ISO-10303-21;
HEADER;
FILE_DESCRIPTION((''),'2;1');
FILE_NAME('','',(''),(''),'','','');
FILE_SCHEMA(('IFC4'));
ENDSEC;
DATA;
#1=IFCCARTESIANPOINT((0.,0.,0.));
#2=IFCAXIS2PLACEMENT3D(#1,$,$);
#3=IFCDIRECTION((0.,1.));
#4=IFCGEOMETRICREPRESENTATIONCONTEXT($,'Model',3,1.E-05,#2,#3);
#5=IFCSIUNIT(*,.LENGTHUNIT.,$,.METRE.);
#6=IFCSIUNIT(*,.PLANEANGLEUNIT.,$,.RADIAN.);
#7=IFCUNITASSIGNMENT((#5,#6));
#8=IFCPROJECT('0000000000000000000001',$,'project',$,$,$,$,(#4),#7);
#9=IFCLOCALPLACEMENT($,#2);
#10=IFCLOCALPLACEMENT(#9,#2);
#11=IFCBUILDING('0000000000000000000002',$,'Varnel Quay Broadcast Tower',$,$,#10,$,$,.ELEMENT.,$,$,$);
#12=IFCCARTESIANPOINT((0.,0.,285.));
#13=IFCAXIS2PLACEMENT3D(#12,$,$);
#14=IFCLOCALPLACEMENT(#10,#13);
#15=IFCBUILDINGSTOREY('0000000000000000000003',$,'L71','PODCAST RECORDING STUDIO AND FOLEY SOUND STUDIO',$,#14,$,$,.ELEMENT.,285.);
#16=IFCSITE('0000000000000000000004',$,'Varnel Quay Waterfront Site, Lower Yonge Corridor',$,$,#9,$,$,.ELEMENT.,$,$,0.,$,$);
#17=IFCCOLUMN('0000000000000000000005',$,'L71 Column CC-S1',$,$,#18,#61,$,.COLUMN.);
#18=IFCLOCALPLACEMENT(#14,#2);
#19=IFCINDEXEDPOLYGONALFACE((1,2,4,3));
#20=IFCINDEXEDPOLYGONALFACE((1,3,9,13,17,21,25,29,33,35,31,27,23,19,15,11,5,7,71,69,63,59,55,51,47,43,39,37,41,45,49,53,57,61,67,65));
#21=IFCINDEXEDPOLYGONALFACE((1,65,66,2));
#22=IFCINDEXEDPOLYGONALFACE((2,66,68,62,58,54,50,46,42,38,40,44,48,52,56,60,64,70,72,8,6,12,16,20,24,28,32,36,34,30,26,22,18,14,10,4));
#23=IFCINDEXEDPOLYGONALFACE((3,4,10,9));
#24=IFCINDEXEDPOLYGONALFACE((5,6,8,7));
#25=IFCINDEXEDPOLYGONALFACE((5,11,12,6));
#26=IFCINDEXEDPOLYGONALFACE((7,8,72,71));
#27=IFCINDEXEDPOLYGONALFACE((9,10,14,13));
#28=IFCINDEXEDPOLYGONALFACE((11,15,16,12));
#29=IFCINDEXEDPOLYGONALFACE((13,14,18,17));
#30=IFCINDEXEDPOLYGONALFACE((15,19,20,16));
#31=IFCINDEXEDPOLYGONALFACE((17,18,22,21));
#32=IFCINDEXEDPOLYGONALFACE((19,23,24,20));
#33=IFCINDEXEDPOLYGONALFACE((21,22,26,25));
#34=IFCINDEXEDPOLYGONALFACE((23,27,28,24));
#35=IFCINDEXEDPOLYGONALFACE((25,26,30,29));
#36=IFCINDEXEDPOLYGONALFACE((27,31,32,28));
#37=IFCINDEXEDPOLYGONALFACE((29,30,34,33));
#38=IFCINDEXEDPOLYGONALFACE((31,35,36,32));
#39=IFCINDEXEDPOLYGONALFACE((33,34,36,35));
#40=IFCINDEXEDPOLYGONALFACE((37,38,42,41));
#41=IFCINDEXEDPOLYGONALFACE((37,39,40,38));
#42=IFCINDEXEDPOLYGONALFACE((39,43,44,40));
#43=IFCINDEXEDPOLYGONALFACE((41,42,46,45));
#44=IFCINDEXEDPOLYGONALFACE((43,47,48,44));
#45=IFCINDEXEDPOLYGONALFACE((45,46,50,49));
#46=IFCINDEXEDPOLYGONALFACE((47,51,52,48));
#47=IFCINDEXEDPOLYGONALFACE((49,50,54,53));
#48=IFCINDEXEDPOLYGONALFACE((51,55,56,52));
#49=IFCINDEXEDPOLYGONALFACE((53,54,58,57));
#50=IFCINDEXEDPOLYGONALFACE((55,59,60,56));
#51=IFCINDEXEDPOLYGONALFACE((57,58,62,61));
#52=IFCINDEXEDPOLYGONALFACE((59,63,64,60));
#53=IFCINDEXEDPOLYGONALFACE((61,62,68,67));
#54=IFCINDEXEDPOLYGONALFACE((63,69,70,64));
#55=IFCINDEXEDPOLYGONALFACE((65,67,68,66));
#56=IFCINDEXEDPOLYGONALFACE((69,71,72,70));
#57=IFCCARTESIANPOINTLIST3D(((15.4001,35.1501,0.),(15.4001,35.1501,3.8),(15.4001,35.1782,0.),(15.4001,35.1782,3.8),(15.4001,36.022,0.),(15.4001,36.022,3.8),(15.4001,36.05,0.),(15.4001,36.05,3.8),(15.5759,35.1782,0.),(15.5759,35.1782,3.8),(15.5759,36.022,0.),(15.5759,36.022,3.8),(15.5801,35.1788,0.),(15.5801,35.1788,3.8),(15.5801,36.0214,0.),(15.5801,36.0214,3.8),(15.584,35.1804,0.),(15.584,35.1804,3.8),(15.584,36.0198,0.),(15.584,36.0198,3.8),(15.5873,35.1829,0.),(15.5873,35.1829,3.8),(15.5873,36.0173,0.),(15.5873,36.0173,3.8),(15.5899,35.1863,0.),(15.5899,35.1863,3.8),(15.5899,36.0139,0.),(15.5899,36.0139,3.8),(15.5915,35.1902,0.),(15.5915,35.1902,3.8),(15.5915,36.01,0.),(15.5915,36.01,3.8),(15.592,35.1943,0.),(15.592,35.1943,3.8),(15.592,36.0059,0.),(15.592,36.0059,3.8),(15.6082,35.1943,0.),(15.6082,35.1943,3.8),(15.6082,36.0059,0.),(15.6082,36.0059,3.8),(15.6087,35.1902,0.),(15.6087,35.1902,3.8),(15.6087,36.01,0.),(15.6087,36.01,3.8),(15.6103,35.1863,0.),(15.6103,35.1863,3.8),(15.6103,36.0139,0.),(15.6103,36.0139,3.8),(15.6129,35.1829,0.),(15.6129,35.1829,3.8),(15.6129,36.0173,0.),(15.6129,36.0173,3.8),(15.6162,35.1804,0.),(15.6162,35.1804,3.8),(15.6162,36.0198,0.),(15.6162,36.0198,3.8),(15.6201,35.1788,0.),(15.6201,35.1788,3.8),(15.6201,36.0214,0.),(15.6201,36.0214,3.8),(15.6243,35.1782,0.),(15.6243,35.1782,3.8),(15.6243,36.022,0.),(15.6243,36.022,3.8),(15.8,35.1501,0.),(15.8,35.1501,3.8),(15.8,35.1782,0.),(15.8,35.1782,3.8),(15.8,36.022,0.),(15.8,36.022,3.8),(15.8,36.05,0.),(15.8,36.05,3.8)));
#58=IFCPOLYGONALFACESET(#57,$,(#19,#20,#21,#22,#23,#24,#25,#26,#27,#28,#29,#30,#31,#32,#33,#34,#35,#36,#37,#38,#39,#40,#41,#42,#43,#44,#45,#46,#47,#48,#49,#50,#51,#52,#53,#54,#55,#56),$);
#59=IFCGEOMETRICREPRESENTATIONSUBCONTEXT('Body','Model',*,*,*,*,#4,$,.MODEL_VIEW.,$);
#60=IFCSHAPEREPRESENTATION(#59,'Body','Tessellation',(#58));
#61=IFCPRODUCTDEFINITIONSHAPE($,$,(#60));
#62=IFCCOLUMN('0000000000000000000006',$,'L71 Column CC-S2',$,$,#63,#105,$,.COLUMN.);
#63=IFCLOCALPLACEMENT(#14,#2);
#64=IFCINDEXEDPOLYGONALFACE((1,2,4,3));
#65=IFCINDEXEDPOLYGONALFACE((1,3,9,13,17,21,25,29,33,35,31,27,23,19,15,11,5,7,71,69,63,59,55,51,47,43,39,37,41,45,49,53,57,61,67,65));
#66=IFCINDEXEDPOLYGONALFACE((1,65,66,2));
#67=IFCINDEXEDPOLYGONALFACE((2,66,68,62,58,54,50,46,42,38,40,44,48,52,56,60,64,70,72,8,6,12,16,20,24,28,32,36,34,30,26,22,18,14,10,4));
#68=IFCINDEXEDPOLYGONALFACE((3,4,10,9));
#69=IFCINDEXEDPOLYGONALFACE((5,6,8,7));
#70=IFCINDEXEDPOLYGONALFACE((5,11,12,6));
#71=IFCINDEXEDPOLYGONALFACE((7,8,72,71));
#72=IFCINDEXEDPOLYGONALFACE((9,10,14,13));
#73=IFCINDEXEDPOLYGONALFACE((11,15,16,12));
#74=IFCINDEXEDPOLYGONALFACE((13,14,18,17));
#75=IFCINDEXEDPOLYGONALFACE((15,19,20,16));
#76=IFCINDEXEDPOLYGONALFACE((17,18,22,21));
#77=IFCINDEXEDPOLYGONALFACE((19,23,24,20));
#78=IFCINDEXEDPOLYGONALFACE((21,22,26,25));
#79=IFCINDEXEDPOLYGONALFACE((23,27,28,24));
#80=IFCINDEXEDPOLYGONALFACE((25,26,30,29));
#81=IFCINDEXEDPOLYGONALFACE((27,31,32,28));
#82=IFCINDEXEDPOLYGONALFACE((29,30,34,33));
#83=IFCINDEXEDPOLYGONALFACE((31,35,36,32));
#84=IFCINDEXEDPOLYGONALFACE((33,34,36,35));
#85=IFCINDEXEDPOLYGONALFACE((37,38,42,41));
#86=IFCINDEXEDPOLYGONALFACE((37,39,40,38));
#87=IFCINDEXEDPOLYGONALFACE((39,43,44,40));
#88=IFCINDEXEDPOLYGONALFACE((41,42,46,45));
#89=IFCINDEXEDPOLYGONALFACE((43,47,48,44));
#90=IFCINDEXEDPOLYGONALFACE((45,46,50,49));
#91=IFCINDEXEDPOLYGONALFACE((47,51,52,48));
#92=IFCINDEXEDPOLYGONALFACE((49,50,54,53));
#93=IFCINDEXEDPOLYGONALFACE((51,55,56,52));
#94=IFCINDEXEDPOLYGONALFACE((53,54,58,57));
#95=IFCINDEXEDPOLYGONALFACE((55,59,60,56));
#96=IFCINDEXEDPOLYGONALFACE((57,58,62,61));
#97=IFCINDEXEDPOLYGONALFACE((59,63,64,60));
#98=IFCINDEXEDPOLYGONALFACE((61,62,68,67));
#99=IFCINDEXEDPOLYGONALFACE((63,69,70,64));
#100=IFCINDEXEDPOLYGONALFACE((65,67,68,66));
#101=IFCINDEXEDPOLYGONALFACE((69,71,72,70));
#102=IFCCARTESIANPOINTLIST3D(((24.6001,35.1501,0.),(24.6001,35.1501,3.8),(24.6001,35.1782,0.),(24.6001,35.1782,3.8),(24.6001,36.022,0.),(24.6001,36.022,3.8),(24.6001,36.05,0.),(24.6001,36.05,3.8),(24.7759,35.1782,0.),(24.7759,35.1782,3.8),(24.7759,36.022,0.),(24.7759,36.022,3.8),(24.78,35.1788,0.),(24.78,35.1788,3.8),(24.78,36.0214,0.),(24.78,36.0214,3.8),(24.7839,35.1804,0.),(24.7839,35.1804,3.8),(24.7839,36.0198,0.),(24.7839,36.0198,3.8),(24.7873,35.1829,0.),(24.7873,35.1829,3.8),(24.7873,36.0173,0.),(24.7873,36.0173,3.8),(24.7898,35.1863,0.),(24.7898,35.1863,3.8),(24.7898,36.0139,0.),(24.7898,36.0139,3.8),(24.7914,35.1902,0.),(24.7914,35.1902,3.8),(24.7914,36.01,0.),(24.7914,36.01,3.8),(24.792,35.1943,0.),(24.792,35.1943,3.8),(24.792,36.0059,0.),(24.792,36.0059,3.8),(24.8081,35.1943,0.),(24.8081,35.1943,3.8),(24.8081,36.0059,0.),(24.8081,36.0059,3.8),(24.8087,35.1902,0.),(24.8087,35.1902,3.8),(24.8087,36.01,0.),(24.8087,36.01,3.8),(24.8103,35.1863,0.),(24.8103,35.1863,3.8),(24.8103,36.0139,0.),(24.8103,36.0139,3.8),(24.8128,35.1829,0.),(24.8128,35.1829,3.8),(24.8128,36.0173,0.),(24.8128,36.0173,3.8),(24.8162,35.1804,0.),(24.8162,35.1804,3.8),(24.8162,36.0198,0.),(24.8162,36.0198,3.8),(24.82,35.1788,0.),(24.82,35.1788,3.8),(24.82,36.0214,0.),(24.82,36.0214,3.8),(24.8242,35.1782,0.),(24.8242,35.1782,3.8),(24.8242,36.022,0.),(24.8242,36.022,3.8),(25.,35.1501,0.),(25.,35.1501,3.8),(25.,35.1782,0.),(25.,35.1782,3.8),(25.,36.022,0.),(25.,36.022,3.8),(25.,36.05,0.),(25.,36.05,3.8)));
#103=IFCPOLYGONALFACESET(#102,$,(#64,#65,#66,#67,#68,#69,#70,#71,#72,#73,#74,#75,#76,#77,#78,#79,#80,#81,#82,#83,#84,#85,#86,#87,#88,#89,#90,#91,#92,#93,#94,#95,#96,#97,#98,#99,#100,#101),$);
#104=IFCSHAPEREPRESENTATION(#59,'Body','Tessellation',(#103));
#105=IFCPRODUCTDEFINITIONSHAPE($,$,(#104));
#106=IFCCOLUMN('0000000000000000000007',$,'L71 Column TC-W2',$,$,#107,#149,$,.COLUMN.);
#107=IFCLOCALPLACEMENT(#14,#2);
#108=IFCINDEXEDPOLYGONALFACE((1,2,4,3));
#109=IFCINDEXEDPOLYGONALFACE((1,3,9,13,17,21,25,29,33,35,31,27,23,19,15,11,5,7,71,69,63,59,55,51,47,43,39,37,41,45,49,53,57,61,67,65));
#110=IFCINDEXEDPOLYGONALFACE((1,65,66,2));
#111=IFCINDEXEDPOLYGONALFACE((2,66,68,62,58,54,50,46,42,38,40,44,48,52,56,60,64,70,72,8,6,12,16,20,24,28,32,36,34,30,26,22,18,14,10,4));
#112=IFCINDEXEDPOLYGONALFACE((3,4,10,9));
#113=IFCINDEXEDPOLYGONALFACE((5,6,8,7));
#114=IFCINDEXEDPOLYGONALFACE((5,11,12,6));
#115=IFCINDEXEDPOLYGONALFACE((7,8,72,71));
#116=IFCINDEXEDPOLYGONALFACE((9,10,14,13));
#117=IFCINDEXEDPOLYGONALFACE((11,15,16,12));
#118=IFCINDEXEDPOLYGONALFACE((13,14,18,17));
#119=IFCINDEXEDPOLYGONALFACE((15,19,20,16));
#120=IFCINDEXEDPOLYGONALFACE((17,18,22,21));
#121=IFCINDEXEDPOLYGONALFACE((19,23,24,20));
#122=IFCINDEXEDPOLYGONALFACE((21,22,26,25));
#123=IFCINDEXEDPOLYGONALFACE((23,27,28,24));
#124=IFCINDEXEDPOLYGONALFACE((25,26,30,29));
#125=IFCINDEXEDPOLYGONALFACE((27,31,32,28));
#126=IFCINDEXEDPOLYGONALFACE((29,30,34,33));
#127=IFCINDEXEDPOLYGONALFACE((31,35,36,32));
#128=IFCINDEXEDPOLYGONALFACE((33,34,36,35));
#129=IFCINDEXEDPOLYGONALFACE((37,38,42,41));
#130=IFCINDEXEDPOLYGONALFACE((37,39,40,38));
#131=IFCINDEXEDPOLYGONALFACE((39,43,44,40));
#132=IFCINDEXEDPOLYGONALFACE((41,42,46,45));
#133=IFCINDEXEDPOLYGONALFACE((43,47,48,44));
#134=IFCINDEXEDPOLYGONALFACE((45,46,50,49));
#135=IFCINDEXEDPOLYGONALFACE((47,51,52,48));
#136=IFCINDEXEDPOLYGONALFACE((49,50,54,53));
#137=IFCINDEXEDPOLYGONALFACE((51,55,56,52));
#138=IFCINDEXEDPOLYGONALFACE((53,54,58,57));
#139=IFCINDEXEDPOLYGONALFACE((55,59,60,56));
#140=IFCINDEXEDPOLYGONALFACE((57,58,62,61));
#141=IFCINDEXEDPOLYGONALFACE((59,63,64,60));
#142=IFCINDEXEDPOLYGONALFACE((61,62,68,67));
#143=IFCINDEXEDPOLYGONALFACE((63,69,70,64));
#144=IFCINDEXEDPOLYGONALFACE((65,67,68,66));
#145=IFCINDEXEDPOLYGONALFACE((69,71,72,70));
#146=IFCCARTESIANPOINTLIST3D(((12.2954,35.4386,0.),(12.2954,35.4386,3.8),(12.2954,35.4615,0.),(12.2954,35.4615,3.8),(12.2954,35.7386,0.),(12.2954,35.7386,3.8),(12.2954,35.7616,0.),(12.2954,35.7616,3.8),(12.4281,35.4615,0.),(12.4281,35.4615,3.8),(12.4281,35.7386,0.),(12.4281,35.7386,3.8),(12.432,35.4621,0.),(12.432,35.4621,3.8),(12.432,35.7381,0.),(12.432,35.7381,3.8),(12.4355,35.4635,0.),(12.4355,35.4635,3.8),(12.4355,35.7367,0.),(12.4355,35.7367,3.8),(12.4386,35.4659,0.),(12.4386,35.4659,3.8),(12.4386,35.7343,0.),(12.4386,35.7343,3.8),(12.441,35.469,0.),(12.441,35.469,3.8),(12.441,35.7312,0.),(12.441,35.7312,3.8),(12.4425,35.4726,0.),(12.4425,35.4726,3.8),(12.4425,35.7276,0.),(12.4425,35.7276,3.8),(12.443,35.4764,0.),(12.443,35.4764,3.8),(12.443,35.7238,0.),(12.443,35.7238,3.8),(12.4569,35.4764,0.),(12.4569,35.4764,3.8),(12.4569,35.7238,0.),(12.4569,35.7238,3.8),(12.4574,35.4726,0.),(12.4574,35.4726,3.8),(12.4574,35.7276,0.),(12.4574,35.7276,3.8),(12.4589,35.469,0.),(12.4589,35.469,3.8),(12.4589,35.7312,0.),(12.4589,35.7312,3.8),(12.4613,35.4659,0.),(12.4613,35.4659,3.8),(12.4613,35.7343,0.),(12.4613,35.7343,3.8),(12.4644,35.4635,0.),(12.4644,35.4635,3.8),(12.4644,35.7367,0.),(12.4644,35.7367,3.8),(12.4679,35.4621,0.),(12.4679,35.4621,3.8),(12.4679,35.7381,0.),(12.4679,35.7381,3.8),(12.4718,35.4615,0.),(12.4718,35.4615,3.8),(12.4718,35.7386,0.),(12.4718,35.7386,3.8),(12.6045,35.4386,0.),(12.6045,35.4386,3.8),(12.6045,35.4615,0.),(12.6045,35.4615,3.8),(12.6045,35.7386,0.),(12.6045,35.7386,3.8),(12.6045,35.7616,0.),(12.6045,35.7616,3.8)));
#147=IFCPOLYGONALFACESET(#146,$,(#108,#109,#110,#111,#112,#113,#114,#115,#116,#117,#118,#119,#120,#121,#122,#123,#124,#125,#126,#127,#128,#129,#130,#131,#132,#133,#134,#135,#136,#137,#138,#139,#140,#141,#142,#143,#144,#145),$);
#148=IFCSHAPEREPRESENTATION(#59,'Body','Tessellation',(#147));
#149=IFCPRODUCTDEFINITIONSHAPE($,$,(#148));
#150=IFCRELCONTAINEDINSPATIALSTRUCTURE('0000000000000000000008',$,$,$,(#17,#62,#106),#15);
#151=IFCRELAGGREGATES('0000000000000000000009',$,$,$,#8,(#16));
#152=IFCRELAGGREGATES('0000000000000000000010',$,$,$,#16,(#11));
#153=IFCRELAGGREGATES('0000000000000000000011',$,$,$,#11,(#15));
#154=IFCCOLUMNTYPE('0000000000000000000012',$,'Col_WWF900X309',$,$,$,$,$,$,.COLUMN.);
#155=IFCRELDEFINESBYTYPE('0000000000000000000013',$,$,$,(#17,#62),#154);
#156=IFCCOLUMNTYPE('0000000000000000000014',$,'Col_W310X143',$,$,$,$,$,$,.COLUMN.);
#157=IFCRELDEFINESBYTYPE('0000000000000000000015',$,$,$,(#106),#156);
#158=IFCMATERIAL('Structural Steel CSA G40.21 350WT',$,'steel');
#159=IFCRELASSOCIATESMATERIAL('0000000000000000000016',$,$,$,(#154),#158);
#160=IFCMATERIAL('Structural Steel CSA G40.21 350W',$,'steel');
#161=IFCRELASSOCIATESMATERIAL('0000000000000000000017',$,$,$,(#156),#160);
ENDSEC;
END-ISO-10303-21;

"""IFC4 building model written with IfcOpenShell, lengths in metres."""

from ifc_helpers import new_model, si_unit, direction, frame, origin, origin_2d, place, context, subcontext, project, spatial, i_section, extrude, source, transform, mapped, material, material_profile, profile_set, type_object, type_shapes, element, save


model = new_model("IFC4")

# Units and contexts
model_context = context("Model", 3, precision=1e-05, world=origin(), true_north=direction((0.0, 1.0)))
body_context = subcontext(model_context, "Body", "Model", "MODEL_VIEW")
ifc_project = project(units=[si_unit("LENGTHUNIT", "METRE"), si_unit("PLANEANGLEUNIT", "RADIAN")], contexts=[model_context])

# Site, building, storey
site_placement = place(None, origin())
site = spatial("IfcSite", under=ifc_project, at=site_placement, Name="Varnel Quay Waterfront Site, Lower Yonge Corridor", CompositionType="ELEMENT", RefElevation=0.0)
building_placement = place(site_placement, origin())
building = spatial("IfcBuilding", under=site, at=building_placement, Name="Varnel Quay Broadcast Tower", CompositionType="ELEMENT")
storey_placement = place(building_placement, frame((0.0, 0.0, 285.0)))
storey = spatial("IfcBuildingStorey", under=building, at=storey_placement, Name="L71", Description="PODCAST RECORDING STUDIO AND FOLEY SOUND STUDIO", CompositionType="ELEMENT", Elevation=285.0)

# Columns
ifc_material_1 = material(Name="Structural Steel CSA G40.21 350WT", Category="steel")
ifc_material_profile_1 = material_profile(ifc_material_1, i_section(OverallWidth=0.3999, OverallDepth=0.8999, WebThickness=0.0161, FlangeThickness=0.0281, FilletRadius=0.0161, at=origin_2d()), Name="WWF900X309")
ifc_profile_set_1 = profile_set([ifc_material_profile_1], Name="Structural Steel CSA G40.21 350WT")
column_type_1 = type_object("IfcColumnType", Name="Col_WWF900X309", PredefinedType="COLUMN", material=ifc_profile_set_1)
shared_shape_1 = source(origin(), body_context, "Body", "SweptSolid", [
    extrude(i_section(OverallWidth=0.3999, OverallDepth=0.8999, WebThickness=0.0161, FlangeThickness=0.0281, FilletRadius=0.0161, at=origin_2d()), origin(), (0.0, 0.0, 1.0), 3.8),
])
type_shapes(column_type_1, [shared_shape_1])
for number, where, z_axis, x_axis, name in (
    (1, (15.6001, 35.6001, 0.0), (0.0, 0.0, 1.0), (1.0, 0.0, 0.0), "L71 Column CC-S1"),
    (2, (24.8, 35.6001, 0.0), (0.0, 0.0, 1.0), (1.0, 0.0, 0.0), "L71 Column CC-S2"),
):
    element("IfcColumn", number, at=place(storey_placement, frame(where, z_axis=z_axis, x_axis=x_axis)), inside=storey, type_object=column_type_1, Name=name, PredefinedType="COLUMN", context=body_context, shape_type="MappedRepresentation", body=[
        mapped(shared_shape_1, transform((0.0, 0.0, 0.0), x_axis=(1.0, 0.0, 0.0), y_axis=(0.0, 1.0, 0.0), z_axis=(0.0, 0.0, 1.0), scale=1.0)),
    ])
ifc_material_2 = material(Name="Structural Steel CSA G40.21 350W", Category="steel")
ifc_material_profile_2 = material_profile(ifc_material_2, i_section(OverallWidth=0.3091, OverallDepth=0.323, WebThickness=0.0139, FlangeThickness=0.0229, FilletRadius=0.0149, at=origin_2d()), Name="W310X143")
ifc_profile_set_2 = profile_set([ifc_material_profile_2], Name="Structural Steel CSA G40.21 350W")
column_type_2 = type_object("IfcColumnType", Name="Col_W310X143", PredefinedType="COLUMN", material=ifc_profile_set_2)
shared_shape_2 = source(origin(), body_context, "Body", "SweptSolid", [
    extrude(i_section(OverallWidth=0.3091, OverallDepth=0.323, WebThickness=0.0139, FlangeThickness=0.0229, FilletRadius=0.0149, at=origin_2d()), origin(), (0.0, 0.0, 1.0), 3.8),
])
type_shapes(column_type_2, [shared_shape_2])
column_1_placement = place(storey_placement, frame((12.45, 35.6001, 0.0), z_axis=(0.0, 0.0, 1.0), x_axis=(1.0, 0.0, 0.0)))
element("IfcColumn", 3, at=column_1_placement, inside=storey, type_object=column_type_2, Name="L71 Column TC-W2", PredefinedType="COLUMN", context=body_context, shape_type="MappedRepresentation", body=[
    mapped(shared_shape_2, transform((0.0, 0.0, 0.0), x_axis=(1.0, 0.0, 0.0), y_axis=(0.0, 1.0, 0.0), z_axis=(0.0, 0.0, 1.0), scale=1.0)),
])

save(model, "model.ifc")
